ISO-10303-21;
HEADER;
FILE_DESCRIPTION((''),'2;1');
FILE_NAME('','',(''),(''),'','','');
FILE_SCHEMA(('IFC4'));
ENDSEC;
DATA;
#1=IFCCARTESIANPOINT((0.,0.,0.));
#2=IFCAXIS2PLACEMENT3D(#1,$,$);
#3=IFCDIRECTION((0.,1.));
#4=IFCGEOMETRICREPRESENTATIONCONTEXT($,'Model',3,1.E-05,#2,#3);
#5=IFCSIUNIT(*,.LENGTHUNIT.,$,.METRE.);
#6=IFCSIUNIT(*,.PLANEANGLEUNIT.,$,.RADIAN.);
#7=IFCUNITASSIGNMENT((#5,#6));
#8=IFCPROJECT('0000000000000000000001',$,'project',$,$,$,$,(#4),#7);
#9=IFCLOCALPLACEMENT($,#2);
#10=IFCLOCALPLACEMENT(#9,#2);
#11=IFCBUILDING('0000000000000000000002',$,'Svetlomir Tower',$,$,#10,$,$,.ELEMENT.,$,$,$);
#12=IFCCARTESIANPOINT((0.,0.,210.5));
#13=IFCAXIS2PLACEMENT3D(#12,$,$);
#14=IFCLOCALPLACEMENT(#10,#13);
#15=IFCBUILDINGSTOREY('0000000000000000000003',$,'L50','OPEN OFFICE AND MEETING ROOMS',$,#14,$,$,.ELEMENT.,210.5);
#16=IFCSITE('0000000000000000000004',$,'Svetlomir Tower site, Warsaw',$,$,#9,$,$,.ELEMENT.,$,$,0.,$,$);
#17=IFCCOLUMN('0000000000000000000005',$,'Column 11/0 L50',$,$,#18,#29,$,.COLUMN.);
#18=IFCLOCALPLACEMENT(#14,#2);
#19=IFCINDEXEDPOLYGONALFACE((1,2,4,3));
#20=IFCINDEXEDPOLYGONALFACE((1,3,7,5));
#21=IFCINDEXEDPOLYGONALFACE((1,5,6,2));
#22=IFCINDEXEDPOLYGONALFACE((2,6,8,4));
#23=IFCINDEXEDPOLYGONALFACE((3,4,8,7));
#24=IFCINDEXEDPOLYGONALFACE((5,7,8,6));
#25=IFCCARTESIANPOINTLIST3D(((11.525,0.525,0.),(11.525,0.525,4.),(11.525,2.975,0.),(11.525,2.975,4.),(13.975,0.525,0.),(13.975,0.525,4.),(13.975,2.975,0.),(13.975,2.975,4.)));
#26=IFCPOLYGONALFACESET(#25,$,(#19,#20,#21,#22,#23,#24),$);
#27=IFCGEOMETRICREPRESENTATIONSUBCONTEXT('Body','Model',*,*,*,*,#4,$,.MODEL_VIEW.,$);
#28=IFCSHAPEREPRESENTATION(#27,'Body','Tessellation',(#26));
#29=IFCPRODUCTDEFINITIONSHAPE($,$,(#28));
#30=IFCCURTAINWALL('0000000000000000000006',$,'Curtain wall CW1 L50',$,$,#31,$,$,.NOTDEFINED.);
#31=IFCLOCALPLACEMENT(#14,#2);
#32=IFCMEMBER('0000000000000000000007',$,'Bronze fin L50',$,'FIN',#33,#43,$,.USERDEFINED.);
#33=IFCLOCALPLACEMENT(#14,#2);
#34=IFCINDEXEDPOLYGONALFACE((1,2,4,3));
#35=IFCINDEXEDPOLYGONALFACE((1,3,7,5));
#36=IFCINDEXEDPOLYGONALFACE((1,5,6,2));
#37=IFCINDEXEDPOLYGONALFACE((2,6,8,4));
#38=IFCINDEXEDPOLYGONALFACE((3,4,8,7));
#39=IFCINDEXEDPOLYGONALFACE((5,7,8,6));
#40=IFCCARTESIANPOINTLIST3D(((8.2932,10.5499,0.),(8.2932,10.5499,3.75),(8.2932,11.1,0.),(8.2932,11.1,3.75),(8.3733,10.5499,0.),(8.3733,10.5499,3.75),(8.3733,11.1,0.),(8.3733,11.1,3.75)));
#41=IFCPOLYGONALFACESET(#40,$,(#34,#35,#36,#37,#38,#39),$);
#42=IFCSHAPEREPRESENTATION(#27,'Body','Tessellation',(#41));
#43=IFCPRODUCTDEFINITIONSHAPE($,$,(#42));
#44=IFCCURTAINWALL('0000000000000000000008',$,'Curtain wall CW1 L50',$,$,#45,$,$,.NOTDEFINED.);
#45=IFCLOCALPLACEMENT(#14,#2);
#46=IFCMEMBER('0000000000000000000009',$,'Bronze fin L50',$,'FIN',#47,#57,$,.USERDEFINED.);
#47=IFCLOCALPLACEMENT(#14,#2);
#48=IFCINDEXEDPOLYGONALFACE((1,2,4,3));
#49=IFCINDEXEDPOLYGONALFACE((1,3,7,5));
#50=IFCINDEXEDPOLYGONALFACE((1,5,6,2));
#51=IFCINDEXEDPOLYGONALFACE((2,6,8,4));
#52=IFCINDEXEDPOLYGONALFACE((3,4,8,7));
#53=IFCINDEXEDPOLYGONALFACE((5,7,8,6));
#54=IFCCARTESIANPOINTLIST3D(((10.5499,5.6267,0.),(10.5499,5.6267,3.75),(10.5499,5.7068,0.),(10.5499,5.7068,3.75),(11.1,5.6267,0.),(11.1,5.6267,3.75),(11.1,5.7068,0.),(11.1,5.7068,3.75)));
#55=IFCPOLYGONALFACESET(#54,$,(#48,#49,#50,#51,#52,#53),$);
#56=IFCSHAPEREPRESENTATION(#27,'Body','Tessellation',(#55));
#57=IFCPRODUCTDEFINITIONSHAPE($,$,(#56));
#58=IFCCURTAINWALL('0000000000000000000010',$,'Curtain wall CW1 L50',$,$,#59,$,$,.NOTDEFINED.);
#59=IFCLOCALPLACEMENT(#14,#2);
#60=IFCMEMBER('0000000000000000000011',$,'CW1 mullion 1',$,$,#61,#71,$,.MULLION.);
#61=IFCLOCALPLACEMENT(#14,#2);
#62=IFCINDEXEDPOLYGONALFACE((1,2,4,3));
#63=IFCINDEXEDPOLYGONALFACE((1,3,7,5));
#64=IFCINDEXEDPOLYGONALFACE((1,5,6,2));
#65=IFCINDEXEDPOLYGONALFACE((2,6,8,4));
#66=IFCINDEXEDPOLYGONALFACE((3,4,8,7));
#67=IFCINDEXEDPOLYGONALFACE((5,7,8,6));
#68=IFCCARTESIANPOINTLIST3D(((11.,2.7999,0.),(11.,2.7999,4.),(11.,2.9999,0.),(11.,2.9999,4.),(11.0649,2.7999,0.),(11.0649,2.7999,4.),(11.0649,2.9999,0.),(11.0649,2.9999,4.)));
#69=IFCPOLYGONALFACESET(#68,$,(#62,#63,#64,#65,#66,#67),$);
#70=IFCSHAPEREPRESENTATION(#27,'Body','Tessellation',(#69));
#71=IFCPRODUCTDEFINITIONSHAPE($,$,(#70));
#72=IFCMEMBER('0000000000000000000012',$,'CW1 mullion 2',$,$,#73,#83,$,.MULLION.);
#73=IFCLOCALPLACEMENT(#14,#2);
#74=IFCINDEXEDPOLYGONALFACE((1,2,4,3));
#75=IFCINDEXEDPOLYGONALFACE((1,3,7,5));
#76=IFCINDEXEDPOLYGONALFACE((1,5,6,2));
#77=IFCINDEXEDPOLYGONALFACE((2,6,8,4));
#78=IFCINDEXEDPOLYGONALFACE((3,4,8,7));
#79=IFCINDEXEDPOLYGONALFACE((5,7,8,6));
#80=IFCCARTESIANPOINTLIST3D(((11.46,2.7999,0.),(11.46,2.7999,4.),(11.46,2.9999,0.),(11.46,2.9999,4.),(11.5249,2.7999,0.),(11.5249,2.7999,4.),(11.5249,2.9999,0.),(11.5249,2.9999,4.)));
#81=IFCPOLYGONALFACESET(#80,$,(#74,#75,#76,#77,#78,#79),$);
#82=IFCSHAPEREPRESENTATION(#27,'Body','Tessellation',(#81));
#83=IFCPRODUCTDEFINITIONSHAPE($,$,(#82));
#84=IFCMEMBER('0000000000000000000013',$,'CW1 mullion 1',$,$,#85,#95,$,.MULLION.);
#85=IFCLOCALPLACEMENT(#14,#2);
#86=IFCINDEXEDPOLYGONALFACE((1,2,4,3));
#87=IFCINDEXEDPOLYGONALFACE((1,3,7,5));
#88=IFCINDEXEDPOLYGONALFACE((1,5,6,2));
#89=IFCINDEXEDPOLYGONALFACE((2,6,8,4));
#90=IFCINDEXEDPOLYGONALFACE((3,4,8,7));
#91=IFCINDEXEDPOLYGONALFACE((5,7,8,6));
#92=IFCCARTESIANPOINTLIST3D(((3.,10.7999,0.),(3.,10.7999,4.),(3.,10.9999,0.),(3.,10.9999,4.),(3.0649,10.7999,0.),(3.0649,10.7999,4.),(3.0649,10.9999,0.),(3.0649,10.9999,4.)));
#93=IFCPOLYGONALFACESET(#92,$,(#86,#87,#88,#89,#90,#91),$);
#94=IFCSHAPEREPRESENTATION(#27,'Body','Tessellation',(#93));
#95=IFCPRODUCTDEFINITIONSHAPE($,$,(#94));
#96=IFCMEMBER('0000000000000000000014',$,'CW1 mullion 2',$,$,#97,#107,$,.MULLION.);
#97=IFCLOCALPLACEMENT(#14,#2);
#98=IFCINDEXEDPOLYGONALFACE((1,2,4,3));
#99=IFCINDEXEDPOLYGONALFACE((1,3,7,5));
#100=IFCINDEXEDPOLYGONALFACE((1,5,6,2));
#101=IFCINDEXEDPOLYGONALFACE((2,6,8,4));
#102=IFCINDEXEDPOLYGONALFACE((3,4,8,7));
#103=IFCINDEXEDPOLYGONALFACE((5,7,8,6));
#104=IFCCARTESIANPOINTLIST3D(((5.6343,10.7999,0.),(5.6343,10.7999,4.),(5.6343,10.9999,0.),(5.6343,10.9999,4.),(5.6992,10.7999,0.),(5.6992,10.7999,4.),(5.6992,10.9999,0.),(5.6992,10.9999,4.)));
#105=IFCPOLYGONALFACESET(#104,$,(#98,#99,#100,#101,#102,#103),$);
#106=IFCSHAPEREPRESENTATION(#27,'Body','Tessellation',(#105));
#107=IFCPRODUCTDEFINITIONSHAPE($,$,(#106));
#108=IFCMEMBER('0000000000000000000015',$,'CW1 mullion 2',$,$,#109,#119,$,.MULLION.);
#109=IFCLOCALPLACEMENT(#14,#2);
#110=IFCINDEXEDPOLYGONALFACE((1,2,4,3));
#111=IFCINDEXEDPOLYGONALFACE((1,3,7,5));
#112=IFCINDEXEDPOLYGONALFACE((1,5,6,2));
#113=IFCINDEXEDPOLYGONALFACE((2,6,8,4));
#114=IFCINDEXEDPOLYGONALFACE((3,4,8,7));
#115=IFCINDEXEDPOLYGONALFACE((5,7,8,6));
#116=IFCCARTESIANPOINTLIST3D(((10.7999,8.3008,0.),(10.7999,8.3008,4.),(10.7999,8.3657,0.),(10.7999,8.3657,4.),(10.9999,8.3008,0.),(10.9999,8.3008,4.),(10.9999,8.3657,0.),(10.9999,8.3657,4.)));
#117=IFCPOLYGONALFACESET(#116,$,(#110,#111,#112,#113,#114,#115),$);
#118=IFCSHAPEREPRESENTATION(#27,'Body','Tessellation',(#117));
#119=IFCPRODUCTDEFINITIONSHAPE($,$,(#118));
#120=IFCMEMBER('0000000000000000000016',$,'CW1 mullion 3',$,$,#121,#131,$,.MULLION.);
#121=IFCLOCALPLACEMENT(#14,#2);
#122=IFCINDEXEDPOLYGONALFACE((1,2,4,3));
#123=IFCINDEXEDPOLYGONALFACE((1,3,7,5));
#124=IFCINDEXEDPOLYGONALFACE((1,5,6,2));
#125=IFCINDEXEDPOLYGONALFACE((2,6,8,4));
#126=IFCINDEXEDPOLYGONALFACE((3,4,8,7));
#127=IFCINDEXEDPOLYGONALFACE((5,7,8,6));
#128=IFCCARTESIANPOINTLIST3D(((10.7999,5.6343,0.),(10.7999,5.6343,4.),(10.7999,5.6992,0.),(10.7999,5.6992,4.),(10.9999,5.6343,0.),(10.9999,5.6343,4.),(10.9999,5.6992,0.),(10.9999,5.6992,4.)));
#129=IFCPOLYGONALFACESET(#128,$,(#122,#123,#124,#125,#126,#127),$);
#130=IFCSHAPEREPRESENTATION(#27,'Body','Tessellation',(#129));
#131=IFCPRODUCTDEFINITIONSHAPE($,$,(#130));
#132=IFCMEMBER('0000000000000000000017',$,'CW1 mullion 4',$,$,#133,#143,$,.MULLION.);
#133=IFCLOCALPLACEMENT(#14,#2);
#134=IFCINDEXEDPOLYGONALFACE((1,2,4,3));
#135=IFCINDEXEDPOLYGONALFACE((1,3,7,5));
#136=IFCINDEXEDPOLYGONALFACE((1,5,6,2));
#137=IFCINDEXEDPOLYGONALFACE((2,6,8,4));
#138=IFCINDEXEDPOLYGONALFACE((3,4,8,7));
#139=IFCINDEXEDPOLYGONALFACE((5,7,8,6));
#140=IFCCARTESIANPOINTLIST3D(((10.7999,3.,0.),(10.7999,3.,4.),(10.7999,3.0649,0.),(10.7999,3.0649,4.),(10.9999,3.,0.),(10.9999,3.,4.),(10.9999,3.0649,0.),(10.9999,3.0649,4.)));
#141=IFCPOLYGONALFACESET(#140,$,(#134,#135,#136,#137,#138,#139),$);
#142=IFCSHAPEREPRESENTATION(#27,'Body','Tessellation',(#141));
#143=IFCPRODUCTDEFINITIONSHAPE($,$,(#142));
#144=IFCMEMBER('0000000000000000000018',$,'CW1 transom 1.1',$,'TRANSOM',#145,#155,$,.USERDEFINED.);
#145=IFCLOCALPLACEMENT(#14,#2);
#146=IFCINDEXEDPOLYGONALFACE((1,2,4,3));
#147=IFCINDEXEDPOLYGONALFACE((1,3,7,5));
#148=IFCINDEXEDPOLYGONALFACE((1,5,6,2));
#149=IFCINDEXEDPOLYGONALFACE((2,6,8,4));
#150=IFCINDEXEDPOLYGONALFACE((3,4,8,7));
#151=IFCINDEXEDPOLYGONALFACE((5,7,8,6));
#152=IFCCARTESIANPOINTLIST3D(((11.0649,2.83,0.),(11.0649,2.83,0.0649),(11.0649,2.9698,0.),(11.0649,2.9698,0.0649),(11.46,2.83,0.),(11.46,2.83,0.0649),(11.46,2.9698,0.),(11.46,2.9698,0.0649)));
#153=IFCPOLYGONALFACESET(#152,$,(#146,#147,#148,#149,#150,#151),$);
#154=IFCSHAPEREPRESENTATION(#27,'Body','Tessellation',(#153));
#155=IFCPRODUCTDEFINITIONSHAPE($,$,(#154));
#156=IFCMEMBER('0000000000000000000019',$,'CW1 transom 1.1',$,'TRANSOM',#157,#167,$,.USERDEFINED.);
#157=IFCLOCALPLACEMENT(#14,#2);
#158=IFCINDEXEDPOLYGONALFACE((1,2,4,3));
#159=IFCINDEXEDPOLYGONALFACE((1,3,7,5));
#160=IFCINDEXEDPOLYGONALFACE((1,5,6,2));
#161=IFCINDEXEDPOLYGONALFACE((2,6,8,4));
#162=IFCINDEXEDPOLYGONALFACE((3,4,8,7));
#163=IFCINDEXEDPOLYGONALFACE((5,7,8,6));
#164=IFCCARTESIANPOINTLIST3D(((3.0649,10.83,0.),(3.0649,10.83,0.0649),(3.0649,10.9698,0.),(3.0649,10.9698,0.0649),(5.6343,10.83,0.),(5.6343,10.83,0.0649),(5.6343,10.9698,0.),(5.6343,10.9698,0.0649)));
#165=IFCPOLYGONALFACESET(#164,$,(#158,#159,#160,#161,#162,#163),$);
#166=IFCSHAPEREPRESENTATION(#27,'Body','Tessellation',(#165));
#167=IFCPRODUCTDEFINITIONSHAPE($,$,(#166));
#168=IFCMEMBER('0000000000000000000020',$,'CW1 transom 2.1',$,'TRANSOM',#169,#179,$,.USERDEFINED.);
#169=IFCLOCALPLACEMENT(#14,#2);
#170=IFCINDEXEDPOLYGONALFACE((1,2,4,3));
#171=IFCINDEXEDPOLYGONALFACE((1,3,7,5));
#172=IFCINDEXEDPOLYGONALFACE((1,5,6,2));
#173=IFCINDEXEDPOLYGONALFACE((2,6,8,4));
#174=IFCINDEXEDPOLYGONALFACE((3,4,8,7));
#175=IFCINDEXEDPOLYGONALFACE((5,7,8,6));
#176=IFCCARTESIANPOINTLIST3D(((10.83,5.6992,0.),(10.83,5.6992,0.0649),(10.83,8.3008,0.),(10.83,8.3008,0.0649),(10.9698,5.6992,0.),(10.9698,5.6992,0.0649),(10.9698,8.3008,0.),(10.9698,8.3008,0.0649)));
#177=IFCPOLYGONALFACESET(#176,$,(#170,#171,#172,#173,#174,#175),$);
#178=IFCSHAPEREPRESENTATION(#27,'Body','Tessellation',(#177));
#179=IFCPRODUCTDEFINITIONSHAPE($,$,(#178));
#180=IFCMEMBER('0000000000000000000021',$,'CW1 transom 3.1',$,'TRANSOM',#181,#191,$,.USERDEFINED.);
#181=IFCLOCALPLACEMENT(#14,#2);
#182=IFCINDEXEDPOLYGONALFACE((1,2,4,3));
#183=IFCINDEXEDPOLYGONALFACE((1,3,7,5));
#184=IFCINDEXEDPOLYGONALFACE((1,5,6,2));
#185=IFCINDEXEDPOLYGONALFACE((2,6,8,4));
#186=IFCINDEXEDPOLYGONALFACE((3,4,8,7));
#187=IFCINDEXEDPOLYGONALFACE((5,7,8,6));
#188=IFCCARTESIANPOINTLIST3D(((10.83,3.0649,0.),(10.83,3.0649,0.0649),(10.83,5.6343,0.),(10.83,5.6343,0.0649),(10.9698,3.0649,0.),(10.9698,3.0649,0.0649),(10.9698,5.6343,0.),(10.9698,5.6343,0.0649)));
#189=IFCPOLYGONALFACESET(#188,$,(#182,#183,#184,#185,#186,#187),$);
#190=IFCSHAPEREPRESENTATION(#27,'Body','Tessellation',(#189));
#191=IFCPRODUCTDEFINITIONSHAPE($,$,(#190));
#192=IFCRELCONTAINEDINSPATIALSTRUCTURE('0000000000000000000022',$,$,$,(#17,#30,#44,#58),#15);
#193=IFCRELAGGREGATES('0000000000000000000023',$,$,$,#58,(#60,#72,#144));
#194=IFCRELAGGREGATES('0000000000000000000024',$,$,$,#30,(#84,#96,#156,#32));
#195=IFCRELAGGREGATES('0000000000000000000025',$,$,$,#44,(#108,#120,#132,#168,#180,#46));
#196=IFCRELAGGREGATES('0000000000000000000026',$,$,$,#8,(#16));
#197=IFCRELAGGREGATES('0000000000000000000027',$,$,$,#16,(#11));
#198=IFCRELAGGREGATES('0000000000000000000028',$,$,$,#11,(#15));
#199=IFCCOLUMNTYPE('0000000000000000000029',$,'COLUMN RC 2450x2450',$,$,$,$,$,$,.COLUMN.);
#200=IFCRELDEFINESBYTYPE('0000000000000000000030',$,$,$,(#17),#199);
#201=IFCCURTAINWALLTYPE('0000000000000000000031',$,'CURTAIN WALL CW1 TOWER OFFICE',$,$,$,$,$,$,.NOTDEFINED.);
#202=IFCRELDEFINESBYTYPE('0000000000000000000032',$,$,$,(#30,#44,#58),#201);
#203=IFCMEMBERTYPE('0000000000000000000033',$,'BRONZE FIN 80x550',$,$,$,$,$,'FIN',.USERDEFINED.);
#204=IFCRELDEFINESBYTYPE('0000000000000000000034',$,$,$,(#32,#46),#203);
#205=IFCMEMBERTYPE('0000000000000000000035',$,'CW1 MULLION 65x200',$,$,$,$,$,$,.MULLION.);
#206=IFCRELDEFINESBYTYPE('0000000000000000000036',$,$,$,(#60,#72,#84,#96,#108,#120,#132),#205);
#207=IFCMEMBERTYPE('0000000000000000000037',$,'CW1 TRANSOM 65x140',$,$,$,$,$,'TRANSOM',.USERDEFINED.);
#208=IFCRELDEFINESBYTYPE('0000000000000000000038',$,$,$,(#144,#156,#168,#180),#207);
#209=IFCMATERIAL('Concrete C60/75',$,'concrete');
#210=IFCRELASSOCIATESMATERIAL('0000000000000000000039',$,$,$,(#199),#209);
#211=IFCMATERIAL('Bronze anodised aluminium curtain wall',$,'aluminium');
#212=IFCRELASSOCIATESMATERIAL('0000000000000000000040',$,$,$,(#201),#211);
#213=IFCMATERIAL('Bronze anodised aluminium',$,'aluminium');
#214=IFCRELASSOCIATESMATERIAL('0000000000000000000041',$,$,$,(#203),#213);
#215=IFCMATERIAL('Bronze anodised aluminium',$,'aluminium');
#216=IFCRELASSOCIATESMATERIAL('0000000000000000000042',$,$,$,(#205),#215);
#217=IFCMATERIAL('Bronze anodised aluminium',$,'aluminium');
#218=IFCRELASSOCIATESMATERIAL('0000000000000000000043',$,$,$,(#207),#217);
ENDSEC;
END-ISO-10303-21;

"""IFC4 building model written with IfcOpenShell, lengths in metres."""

from ifc_helpers import new_model, si_unit, direction, frame, origin, origin_2d, place, context, subcontext, project, spatial, rectangle, extrude, material, material_profile, profile_set, type_object, element, aggregate, save


model = new_model("IFC4")

# Units and contexts
model_context = context("Model", 3, precision=1e-05, world=origin(), true_north=direction((0.0, 1.0)))
body_context = subcontext(model_context, "Body", "Model", "MODEL_VIEW")
ifc_project = project(units=[si_unit("LENGTHUNIT", "METRE"), si_unit("PLANEANGLEUNIT", "RADIAN")], contexts=[model_context])

# Site, building, storey
site_placement = place(None, origin())
site = spatial("IfcSite", under=ifc_project, at=site_placement, Name="Svetlomir Tower site, Warsaw", CompositionType="ELEMENT", RefElevation=0.0)
building_placement = place(site_placement, origin())
building = spatial("IfcBuilding", under=site, at=building_placement, Name="Svetlomir Tower", CompositionType="ELEMENT")
storey_placement = place(building_placement, frame((0.0, 0.0, 210.5)))
storey = spatial("IfcBuildingStorey", under=building, at=storey_placement, Name="L50", Description="OPEN OFFICE AND MEETING ROOMS", CompositionType="ELEMENT", Elevation=210.5)

# Column
ifc_material_1 = material(Name="Concrete C60/75", Category="concrete")
ifc_material_profile_1 = material_profile(ifc_material_1, rectangle(XDim=2.45, YDim=2.45, at=origin_2d()), Name="RC 2450x2450")
ifc_profile_set_1 = profile_set([ifc_material_profile_1], Name="Concrete C60/75")
column_type = type_object("IfcColumnType", Name="COLUMN RC 2450x2450", PredefinedType="COLUMN", material=ifc_profile_set_1)
column_placement = place(storey_placement, frame((12.75, 1.75, 0.0), z_axis=(0.0, 0.0, 1.0), x_axis=(1.0, 0.0, 0.0)))
element("IfcColumn", 1, at=column_placement, inside=storey, type_object=column_type, Name="Column 11/0 L50", PredefinedType="COLUMN", context=body_context, shape_type="SweptSolid", body=[
    extrude(rectangle(XDim=2.45, YDim=2.45, at=origin_2d()), origin(), (0.0, 0.0, 1.0), 4.0),
])

# Curtain walls, members
ifc_material_2 = material(Name="Bronze anodised aluminium curtain wall", Category="aluminium")
curtain_wall_type = type_object("IfcCurtainWallType", Name="CURTAIN WALL CW1 TOWER OFFICE", PredefinedType="NOTDEFINED", material=ifc_material_2)
curtain_wall_1_placement = place(storey_placement, origin())
curtain_wall_1 = element("IfcCurtainWall", 2, at=curtain_wall_1_placement, inside=storey, type_object=curtain_wall_type, Name="Curtain wall CW1 L50", PredefinedType="NOTDEFINED")
ifc_material_3 = material(Name="Bronze anodised aluminium", Category="aluminium")
ifc_material_profile_2 = material_profile(ifc_material_3, rectangle(XDim=0.0801, YDim=0.55, at=origin_2d()), Name="FIN 80x550")
ifc_profile_set_2 = profile_set([ifc_material_profile_2], Name="Bronze anodised aluminium 6063-T6")
member_type_1 = type_object("IfcMemberType", Name="BRONZE FIN 80x550", ElementType="FIN", PredefinedType="USERDEFINED", material=ifc_profile_set_2)
member_1_placement = place(storey_placement, frame((8.3333, 10.825, 0.0), z_axis=(0.0, 0.0, 1.0), x_axis=(1.0, 0.0, 0.0)))
member_1 = element("IfcMember", 3, at=member_1_placement, type_object=member_type_1, Name="Bronze fin L50", ObjectType="FIN", PredefinedType="USERDEFINED", context=body_context, shape_type="SweptSolid", body=[
    extrude(rectangle(XDim=0.0801, YDim=0.55, at=origin_2d()), origin(), (0.0, 0.0, 1.0), 3.75),
])
curtain_wall_2_placement = place(storey_placement, origin())
curtain_wall_2 = element("IfcCurtainWall", 4, at=curtain_wall_2_placement, inside=storey, type_object=curtain_wall_type, Name="Curtain wall CW1 L50", PredefinedType="NOTDEFINED")
member_2_placement = place(storey_placement, frame((10.825, 5.6667, 0.0), z_axis=(0.0, 0.0, 1.0), x_axis=(0.0, 1.0, 0.0)))
member_2 = element("IfcMember", 5, at=member_2_placement, type_object=member_type_1, Name="Bronze fin L50", ObjectType="FIN", PredefinedType="USERDEFINED", context=body_context, shape_type="SweptSolid", body=[
    extrude(rectangle(XDim=0.0801, YDim=0.55, at=origin_2d()), origin(), (0.0, 0.0, 1.0), 3.75),
])

# Curtain wall, members
curtain_wall_3_placement = place(storey_placement, origin())
curtain_wall_3 = element("IfcCurtainWall", 6, at=curtain_wall_3_placement, inside=storey, type_object=curtain_wall_type, Name="Curtain wall CW1 L50", PredefinedType="NOTDEFINED")
ifc_material_4 = material(Name="Bronze anodised aluminium", Category="aluminium")
ifc_material_profile_3 = material_profile(ifc_material_4, rectangle(XDim=0.0649, YDim=0.2, at=origin_2d()), Name="AL 65x200")
ifc_profile_set_3 = profile_set([ifc_material_profile_3], Name="Bronze anodised aluminium 6063-T6")
member_type_2 = type_object("IfcMemberType", Name="CW1 MULLION 65x200", PredefinedType="MULLION", material=ifc_profile_set_3)
member_3_placement = place(storey_placement, frame((11.0325, 2.8999, 0.0), z_axis=(0.0, 0.0, 1.0), x_axis=(1.0, 0.0, 0.0)))
member_3 = element("IfcMember", 7, at=member_3_placement, type_object=member_type_2, Name="CW1 mullion 1", PredefinedType="MULLION", context=body_context, shape_type="SweptSolid", body=[
    extrude(rectangle(XDim=0.0649, YDim=0.2, at=origin_2d()), origin(), (0.0, 0.0, 1.0), 4.0),
])
member_4_placement = place(storey_placement, frame((11.4924, 2.8999, 0.0), z_axis=(0.0, 0.0, 1.0), x_axis=(1.0, 0.0, 0.0)))
member_4 = element("IfcMember", 8, at=member_4_placement, type_object=member_type_2, Name="CW1 mullion 2", PredefinedType="MULLION", context=body_context, shape_type="SweptSolid", body=[
    extrude(rectangle(XDim=0.0649, YDim=0.2, at=origin_2d()), origin(), (0.0, 0.0, 1.0), 4.0),
])

# Members
member_5_placement = place(storey_placement, frame((3.0325, 10.8999, 0.0), z_axis=(0.0, 0.0, 1.0), x_axis=(1.0, 0.0, 0.0)))
member_5 = element("IfcMember", 9, at=member_5_placement, type_object=member_type_2, Name="CW1 mullion 1", PredefinedType="MULLION", context=body_context, shape_type="SweptSolid", body=[
    extrude(rectangle(XDim=0.0649, YDim=0.2, at=origin_2d()), origin(), (0.0, 0.0, 1.0), 4.0),
])
member_6_placement = place(storey_placement, frame((5.6667, 10.8999, 0.0), z_axis=(0.0, 0.0, 1.0), x_axis=(1.0, 0.0, 0.0)))
member_6 = element("IfcMember", 10, at=member_6_placement, type_object=member_type_2, Name="CW1 mullion 2", PredefinedType="MULLION", context=body_context, shape_type="SweptSolid", body=[
    extrude(rectangle(XDim=0.0649, YDim=0.2, at=origin_2d()), origin(), (0.0, 0.0, 1.0), 4.0),
])
member_7_placement = place(storey_placement, frame((10.8999, 8.3333, 0.0), z_axis=(0.0, 0.0, 1.0), x_axis=(0.0, -1.0, 0.0)))
member_7 = element("IfcMember", 11, at=member_7_placement, type_object=member_type_2, Name="CW1 mullion 2", PredefinedType="MULLION", context=body_context, shape_type="SweptSolid", body=[
    extrude(rectangle(XDim=0.0649, YDim=0.2, at=origin_2d()), origin(), (0.0, 0.0, 1.0), 4.0),
])
member_8_placement = place(storey_placement, frame((10.8999, 5.6667, 0.0), z_axis=(0.0, 0.0, 1.0), x_axis=(0.0, -1.0, 0.0)))
member_8 = element("IfcMember", 12, at=member_8_placement, type_object=member_type_2, Name="CW1 mullion 3", PredefinedType="MULLION", context=body_context, shape_type="SweptSolid", body=[
    extrude(rectangle(XDim=0.0649, YDim=0.2, at=origin_2d()), origin(), (0.0, 0.0, 1.0), 4.0),
])
member_9_placement = place(storey_placement, frame((10.8999, 3.0325, 0.0), z_axis=(0.0, 0.0, 1.0), x_axis=(0.0, -1.0, 0.0)))
member_9 = element("IfcMember", 13, at=member_9_placement, type_object=member_type_2, Name="CW1 mullion 4", PredefinedType="MULLION", context=body_context, shape_type="SweptSolid", body=[
    extrude(rectangle(XDim=0.0649, YDim=0.2, at=origin_2d()), origin(), (0.0, 0.0, 1.0), 4.0),
])
ifc_material_5 = material(Name="Bronze anodised aluminium", Category="aluminium")
ifc_material_profile_4 = material_profile(ifc_material_5, rectangle(XDim=0.1399, YDim=0.0649, at=origin_2d()), Name="AL 140x65")
ifc_profile_set_4 = profile_set([ifc_material_profile_4], Name="Bronze anodised aluminium 6063-T6")
member_type_3 = type_object("IfcMemberType", Name="CW1 TRANSOM 65x140", ElementType="TRANSOM", PredefinedType="USERDEFINED", material=ifc_profile_set_4)
member_10_placement = place(storey_placement, frame((11.0649, 2.8999, 0.0325), z_axis=(1.0, 0.0, 0.0), x_axis=(0.0, 1.0, 0.0)))
member_10 = element("IfcMember", 14, at=member_10_placement, type_object=member_type_3, Name="CW1 transom 1.1", ObjectType="TRANSOM", PredefinedType="USERDEFINED", context=body_context, shape_type="SweptSolid", body=[
    extrude(rectangle(XDim=0.1399, YDim=0.0649, at=origin_2d()), origin(), (0.0, 0.0, 1.0), 0.395),
])
member_11_placement = place(storey_placement, frame((3.0649, 10.8999, 0.0325), z_axis=(1.0, 0.0, 0.0), x_axis=(0.0, 1.0, 0.0)))
member_11 = element("IfcMember", 15, at=member_11_placement, type_object=member_type_3, Name="CW1 transom 1.1", ObjectType="TRANSOM", PredefinedType="USERDEFINED", context=body_context, shape_type="SweptSolid", body=[
    extrude(rectangle(XDim=0.1399, YDim=0.0649, at=origin_2d()), origin(), (0.0, 0.0, 1.0), 2.5693),
])
member_12_placement = place(storey_placement, frame((10.8999, 8.3008, 0.0325), z_axis=(0.0, -1.0, 0.0), x_axis=(1.0, 0.0, 0.0)))
member_12 = element("IfcMember", 16, at=member_12_placement, type_object=member_type_3, Name="CW1 transom 2.1", ObjectType="TRANSOM", PredefinedType="USERDEFINED", context=body_context, shape_type="SweptSolid", body=[
    extrude(rectangle(XDim=0.1399, YDim=0.0649, at=origin_2d()), origin(), (0.0, 0.0, 1.0), 2.6016),
])
member_13_placement = place(storey_placement, frame((10.8999, 5.6343, 0.0325), z_axis=(0.0, -1.0, 0.0), x_axis=(1.0, 0.0, 0.0)))
member_13 = element("IfcMember", 17, at=member_13_placement, type_object=member_type_3, Name="CW1 transom 3.1", ObjectType="TRANSOM", PredefinedType="USERDEFINED", context=body_context, shape_type="SweptSolid", body=[
    extrude(rectangle(XDim=0.1399, YDim=0.0649, at=origin_2d()), origin(), (0.0, 0.0, 1.0), 2.5693),
])

aggregate(curtain_wall_3, [member_3, member_4, member_10])
aggregate(curtain_wall_1, [member_5, member_6, member_11, member_1])
aggregate(curtain_wall_2, [member_7, member_8, member_9, member_12, member_13, member_2])

save(model, "model.ifc")
